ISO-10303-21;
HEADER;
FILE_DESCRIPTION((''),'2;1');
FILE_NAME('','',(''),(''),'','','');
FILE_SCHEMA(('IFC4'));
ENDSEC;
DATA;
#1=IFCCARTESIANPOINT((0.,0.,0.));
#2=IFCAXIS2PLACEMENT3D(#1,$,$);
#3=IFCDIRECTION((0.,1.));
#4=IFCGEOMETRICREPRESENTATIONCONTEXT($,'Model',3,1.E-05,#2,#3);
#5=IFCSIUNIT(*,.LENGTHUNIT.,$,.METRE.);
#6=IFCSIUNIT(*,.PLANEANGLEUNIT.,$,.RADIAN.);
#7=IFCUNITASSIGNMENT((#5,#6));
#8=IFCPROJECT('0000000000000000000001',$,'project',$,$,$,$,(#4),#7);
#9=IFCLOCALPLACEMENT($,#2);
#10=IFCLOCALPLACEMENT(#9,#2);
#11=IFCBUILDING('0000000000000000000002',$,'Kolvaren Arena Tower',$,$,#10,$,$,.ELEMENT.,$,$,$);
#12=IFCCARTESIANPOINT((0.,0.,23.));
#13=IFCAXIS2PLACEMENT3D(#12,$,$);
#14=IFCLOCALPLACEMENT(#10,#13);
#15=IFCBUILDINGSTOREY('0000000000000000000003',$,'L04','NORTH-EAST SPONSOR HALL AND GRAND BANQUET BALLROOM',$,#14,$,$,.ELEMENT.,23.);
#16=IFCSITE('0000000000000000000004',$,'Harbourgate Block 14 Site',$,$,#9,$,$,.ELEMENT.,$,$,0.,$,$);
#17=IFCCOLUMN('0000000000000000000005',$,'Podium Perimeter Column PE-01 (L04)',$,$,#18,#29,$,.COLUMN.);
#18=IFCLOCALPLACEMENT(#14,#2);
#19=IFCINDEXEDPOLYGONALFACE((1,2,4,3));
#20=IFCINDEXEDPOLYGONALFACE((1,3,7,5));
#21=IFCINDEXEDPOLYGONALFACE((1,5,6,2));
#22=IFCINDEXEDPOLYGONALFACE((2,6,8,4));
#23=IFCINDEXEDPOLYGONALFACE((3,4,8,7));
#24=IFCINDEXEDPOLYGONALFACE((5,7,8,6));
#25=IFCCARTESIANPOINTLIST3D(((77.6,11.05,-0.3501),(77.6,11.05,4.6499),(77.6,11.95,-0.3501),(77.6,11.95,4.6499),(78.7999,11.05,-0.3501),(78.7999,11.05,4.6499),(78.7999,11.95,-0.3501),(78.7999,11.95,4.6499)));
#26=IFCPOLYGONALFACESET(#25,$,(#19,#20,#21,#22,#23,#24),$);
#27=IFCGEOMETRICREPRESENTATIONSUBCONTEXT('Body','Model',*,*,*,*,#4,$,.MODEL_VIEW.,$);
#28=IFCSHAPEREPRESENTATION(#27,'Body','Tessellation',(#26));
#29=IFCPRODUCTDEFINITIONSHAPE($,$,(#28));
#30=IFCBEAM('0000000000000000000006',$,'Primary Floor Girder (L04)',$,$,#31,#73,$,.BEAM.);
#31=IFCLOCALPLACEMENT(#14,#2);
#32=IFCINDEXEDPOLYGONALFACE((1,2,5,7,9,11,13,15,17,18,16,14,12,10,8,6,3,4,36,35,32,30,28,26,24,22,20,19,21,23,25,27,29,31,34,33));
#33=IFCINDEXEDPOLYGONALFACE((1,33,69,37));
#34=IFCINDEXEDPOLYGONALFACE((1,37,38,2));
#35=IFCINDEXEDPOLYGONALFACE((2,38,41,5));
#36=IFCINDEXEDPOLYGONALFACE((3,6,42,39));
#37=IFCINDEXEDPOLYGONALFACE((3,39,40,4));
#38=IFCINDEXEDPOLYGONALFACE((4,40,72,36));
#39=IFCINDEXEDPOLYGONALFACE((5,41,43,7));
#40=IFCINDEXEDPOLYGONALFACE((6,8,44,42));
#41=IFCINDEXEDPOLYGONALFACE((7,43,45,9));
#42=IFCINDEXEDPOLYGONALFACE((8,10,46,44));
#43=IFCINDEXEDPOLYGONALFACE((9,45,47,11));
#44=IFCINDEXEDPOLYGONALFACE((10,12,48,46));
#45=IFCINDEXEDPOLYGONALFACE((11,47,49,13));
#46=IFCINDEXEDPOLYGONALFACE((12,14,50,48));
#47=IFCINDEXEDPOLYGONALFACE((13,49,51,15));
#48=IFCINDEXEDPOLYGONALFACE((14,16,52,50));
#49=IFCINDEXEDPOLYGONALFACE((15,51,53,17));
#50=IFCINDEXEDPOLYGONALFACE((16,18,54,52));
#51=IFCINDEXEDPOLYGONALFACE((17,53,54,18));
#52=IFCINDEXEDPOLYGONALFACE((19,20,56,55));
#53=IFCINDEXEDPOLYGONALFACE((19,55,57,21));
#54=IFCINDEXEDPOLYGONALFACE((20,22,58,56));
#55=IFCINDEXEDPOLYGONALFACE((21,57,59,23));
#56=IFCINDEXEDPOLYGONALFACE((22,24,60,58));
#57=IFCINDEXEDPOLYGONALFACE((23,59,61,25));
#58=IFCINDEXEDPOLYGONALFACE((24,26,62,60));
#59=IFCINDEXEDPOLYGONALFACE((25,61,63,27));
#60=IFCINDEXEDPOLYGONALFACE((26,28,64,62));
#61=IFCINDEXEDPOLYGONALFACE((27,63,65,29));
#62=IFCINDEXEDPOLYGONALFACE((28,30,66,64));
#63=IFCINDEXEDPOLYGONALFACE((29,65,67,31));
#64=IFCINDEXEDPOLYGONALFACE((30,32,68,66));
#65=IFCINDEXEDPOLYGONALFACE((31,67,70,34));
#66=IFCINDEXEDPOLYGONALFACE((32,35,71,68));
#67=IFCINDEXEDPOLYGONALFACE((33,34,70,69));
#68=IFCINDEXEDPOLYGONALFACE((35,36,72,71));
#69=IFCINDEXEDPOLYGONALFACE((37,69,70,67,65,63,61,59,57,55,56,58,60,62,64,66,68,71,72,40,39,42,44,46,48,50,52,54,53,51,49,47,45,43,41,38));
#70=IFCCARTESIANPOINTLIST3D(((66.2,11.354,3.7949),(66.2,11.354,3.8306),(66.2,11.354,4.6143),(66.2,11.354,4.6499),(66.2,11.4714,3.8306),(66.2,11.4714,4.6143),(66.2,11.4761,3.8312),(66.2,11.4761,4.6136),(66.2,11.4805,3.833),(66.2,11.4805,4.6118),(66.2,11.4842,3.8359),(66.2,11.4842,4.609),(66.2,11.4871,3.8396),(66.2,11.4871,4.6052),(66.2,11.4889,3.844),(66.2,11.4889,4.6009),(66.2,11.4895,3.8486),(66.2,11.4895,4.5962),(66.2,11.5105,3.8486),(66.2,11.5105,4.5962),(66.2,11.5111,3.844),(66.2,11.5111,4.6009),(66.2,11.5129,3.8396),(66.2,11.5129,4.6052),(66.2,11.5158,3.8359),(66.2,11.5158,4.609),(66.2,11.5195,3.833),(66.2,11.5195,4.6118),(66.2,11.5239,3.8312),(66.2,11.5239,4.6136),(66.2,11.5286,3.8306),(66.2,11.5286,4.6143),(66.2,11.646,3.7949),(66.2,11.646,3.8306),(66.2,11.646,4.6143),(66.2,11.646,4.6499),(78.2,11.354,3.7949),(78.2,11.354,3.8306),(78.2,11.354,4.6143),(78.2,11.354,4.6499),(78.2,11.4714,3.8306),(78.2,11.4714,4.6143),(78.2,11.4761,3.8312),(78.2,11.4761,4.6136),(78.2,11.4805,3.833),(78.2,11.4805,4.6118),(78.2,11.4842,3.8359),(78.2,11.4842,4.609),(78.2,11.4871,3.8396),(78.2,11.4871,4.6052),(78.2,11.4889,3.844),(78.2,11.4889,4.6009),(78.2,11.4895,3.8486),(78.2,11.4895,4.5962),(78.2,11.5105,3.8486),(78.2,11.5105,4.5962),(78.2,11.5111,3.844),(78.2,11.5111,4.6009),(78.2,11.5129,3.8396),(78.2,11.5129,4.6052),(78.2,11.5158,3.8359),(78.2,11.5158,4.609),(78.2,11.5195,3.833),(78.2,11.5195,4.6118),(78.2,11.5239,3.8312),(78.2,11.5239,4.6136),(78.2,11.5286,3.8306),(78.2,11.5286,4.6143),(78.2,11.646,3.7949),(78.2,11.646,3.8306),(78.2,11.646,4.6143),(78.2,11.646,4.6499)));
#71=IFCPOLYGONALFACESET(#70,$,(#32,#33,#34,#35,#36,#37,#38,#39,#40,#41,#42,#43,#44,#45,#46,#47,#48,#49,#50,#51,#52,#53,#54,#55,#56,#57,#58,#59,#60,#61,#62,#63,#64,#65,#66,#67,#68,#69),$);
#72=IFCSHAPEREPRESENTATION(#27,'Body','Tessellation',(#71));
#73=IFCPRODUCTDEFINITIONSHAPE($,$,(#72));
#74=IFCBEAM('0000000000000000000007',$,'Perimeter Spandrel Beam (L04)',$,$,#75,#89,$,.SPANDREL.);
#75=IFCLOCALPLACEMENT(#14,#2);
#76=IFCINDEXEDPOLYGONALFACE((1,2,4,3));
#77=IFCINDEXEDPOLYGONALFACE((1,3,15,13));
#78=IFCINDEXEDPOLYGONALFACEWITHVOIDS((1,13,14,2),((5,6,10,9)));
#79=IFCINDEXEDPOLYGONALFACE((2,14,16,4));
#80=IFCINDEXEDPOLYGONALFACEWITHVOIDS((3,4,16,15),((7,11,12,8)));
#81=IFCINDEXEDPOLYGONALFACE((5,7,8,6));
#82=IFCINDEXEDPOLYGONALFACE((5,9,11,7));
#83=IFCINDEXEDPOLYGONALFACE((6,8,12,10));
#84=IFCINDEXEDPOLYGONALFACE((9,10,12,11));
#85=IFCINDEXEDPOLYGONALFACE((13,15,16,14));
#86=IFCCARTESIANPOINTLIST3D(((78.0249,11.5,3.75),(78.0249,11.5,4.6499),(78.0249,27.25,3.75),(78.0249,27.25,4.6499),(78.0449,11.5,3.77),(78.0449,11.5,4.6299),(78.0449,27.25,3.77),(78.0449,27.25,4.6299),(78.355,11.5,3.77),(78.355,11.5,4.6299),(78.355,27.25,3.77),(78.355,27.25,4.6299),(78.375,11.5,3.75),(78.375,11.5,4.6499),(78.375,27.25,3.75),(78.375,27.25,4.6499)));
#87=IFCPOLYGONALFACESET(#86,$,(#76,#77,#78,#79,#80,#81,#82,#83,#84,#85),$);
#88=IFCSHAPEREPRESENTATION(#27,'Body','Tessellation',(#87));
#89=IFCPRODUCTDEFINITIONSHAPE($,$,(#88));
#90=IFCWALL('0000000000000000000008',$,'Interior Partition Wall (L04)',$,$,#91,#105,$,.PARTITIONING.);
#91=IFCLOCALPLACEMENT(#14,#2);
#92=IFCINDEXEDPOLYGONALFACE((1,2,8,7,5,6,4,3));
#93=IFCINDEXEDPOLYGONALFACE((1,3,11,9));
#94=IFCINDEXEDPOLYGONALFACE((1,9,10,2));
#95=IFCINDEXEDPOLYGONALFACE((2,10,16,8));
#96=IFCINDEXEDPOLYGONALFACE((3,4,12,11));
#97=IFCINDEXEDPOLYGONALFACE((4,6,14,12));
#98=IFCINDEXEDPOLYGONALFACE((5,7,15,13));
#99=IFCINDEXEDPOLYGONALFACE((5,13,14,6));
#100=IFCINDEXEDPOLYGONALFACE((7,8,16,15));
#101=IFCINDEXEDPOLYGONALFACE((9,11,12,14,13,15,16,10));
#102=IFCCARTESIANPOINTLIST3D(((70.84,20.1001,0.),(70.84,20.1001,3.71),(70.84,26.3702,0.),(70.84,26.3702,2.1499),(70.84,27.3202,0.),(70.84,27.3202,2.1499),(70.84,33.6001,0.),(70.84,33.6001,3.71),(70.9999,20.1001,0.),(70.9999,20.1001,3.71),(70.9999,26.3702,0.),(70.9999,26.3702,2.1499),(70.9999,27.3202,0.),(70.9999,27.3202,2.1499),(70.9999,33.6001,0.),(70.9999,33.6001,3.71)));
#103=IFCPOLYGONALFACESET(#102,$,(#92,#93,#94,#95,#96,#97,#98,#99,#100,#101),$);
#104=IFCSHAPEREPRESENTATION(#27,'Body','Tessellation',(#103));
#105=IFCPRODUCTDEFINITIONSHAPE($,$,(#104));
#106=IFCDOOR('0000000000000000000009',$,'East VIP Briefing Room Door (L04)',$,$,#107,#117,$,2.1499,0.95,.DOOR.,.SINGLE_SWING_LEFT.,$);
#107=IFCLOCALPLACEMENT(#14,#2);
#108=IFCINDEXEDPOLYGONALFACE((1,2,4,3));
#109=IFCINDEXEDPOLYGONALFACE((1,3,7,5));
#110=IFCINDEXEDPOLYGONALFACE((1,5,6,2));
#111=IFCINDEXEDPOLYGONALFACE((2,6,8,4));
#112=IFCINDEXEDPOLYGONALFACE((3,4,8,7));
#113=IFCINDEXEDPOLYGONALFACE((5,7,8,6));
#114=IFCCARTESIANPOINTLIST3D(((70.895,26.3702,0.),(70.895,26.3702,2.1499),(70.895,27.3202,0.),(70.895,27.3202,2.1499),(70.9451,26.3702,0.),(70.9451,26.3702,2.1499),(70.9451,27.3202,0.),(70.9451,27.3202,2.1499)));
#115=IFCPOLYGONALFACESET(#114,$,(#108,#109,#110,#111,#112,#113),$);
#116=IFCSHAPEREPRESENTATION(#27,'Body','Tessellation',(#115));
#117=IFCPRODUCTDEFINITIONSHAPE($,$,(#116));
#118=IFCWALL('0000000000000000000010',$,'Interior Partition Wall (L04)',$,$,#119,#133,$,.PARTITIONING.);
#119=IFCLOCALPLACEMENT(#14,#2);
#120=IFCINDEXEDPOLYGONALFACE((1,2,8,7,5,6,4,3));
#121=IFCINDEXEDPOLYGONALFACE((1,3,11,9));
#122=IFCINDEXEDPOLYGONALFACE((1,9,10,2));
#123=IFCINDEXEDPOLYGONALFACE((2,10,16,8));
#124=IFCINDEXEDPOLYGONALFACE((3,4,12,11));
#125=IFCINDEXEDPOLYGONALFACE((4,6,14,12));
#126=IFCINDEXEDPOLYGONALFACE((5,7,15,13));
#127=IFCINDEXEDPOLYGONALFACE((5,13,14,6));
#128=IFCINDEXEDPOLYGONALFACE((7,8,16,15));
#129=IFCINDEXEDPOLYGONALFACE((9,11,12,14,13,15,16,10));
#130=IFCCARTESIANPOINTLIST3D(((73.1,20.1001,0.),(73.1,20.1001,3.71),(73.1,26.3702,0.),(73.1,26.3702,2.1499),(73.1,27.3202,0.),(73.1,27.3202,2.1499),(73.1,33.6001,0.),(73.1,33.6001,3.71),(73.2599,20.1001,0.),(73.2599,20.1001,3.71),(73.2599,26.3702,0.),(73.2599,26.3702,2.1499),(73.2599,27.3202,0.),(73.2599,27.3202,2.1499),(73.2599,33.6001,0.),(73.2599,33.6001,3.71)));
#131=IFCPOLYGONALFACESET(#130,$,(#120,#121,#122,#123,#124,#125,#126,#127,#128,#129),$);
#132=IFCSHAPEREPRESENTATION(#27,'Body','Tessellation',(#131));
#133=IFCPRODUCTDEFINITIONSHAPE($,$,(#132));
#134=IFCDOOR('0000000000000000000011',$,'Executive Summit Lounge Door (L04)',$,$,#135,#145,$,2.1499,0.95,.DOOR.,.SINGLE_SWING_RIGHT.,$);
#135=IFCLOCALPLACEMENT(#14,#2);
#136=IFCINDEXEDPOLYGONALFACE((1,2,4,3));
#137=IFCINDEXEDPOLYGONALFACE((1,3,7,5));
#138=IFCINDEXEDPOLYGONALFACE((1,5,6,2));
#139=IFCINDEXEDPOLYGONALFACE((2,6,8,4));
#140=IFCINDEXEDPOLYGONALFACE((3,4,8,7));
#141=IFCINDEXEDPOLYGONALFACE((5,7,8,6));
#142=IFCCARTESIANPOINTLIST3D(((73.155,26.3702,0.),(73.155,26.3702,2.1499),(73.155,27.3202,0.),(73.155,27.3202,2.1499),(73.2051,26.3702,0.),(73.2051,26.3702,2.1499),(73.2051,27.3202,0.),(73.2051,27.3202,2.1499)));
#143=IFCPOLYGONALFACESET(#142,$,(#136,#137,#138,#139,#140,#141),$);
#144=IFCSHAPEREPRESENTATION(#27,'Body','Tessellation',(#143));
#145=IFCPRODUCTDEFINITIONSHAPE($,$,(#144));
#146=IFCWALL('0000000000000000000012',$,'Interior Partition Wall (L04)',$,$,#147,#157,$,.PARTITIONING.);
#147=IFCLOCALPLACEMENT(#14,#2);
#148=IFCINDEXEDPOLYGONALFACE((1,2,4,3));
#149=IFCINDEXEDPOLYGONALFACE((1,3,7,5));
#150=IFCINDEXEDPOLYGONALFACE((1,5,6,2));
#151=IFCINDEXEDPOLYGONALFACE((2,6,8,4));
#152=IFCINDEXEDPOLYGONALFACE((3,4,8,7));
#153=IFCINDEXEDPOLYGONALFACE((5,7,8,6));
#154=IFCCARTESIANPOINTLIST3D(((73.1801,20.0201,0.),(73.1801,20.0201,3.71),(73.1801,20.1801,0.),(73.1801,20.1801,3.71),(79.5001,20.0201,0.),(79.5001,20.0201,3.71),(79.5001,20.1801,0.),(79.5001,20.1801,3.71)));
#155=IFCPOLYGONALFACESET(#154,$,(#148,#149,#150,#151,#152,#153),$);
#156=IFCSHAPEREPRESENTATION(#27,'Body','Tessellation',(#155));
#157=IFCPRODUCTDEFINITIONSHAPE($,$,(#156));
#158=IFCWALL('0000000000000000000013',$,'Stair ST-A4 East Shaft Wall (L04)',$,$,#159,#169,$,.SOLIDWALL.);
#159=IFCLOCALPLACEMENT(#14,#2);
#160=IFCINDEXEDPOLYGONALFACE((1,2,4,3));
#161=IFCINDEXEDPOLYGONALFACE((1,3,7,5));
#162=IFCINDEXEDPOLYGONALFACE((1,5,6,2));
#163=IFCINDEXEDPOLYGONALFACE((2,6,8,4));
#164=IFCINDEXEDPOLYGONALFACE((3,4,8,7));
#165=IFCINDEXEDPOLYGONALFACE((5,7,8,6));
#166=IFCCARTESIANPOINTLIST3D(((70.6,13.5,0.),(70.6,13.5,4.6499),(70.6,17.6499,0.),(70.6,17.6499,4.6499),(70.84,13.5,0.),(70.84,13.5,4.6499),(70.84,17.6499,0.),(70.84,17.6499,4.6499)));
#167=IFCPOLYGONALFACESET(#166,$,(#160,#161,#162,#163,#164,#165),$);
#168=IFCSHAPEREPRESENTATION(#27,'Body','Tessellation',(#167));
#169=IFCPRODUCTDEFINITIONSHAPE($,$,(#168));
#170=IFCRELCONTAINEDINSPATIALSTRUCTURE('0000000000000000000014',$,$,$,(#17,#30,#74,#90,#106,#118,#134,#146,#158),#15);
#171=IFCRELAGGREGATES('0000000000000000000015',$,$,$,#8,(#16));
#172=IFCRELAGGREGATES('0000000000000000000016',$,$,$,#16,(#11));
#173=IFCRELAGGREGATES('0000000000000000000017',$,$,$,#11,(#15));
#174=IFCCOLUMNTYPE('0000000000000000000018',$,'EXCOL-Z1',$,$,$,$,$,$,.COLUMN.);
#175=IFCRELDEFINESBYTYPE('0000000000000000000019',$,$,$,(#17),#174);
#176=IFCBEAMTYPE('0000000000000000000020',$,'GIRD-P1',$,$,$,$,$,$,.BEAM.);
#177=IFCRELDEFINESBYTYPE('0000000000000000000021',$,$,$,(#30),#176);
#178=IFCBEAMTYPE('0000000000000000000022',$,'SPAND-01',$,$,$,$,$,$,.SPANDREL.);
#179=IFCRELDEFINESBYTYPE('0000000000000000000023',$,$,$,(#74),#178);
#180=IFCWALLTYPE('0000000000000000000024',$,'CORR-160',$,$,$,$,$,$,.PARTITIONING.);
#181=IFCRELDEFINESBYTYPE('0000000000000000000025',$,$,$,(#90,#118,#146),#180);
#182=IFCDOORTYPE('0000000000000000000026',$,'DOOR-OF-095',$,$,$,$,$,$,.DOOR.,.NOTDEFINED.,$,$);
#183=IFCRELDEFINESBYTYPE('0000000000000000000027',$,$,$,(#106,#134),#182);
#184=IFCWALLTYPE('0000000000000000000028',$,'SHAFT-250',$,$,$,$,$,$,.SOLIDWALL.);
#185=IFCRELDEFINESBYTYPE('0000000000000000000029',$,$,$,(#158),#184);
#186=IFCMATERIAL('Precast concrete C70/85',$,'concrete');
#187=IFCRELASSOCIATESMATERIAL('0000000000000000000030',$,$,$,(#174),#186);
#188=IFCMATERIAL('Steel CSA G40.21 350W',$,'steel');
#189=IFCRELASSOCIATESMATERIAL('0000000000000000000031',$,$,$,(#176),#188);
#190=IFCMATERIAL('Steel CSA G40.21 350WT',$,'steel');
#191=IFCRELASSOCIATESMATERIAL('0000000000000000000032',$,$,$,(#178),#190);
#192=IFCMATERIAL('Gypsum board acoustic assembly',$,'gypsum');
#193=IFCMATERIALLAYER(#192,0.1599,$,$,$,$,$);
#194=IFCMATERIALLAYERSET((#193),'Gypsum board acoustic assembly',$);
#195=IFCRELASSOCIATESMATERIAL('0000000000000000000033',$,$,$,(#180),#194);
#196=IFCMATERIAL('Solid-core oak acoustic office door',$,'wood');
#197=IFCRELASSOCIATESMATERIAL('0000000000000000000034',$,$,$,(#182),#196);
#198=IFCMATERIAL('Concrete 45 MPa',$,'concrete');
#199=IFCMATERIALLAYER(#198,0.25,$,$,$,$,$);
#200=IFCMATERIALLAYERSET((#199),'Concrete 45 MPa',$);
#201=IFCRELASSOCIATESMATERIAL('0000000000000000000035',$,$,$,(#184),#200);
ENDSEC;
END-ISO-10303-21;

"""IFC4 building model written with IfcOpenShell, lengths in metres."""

from ifc_helpers import new_model, si_unit, direction, frame, frame_2d, origin, origin_2d, place, context, subcontext, project, spatial, rectangle, hollow_rectangle, i_section, extrude, material, layer, layer_set, material_profile, profile_set, type_object, element, fill, save


model = new_model("IFC4")

# Units and contexts
model_context = context("Model", 3, precision=1e-05, world=origin(), true_north=direction((0.0, 1.0)))
body_context = subcontext(model_context, "Body", "Model", "MODEL_VIEW")
ifc_project = project(units=[si_unit("LENGTHUNIT", "METRE"), si_unit("PLANEANGLEUNIT", "RADIAN")], contexts=[model_context])

# Site, building, storey
site_placement = place(None, origin())
site = spatial("IfcSite", under=ifc_project, at=site_placement, Name="Harbourgate Block 14 Site", CompositionType="ELEMENT", RefElevation=0.0)
building_placement = place(site_placement, origin())
building = spatial("IfcBuilding", under=site, at=building_placement, Name="Kolvaren Arena Tower", CompositionType="ELEMENT")
storey_placement = place(building_placement, frame((0.0, 0.0, 23.0)))
storey = spatial("IfcBuildingStorey", under=building, at=storey_placement, Name="L04", Description="NORTH-EAST SPONSOR HALL AND GRAND BANQUET BALLROOM", CompositionType="ELEMENT", Elevation=23.0)

# Column
ifc_material_1 = material(Name="Precast concrete C70/85", Category="concrete")
ifc_material_profile_1 = material_profile(ifc_material_1, rectangle(XDim=1.2, YDim=0.8999, at=origin_2d()), Name="RC-1200x900")
ifc_profile_set_1 = profile_set([ifc_material_profile_1], Name="Precast concrete C70/85")
column_type = type_object("IfcColumnType", Name="EXCOL-Z1", PredefinedType="COLUMN", material=ifc_profile_set_1)
column_placement = place(storey_placement, frame((78.2, 11.5, -0.3501), z_axis=(0.0, 0.0, 1.0), x_axis=(1.0, 0.0, 0.0)))
element("IfcColumn", 1, at=column_placement, inside=storey, type_object=column_type, Name="Podium Perimeter Column PE-01 (L04)", PredefinedType="COLUMN", context=body_context, shape_type="SweptSolid", body=[
    extrude(rectangle(XDim=1.2, YDim=0.8999, at=origin_2d()), origin(), (0.0, 0.0, 1.0), 5.0),
])

# Beams
ifc_material_2 = material(Name="Steel CSA G40.21 350W", Category="steel")
ifc_material_profile_2 = material_profile(ifc_material_2, i_section(OverallWidth=0.292, OverallDepth=0.855, WebThickness=0.021, FlangeThickness=0.0356, FilletRadius=0.0181, at=origin_2d()), Name="W840x299")
ifc_profile_set_2 = profile_set([ifc_material_profile_2], Name="Steel CSA G40.21 350W")
beam_type_1 = type_object("IfcBeamType", Name="GIRD-P1", PredefinedType="BEAM", material=ifc_profile_set_2)
beam_1_placement = place(storey_placement, frame((66.2, 11.5, 4.2224), z_axis=(1.0, 0.0, 0.0), x_axis=(0.0, 1.0, 0.0)))
element("IfcBeam", 2, at=beam_1_placement, inside=storey, type_object=beam_type_1, Name="Primary Floor Girder (L04)", PredefinedType="BEAM", context=body_context, shape_type="SweptSolid", body=[
    extrude(i_section(OverallWidth=0.292, OverallDepth=0.855, WebThickness=0.021, FlangeThickness=0.0356, FilletRadius=0.0181, at=origin_2d()), origin(), (0.0, 0.0, 1.0), 12.0),
])
ifc_material_3 = material(Name="Steel CSA G40.21 350WT", Category="steel")
ifc_material_profile_3 = material_profile(ifc_material_3, hollow_rectangle(XDim=0.3501, YDim=0.8999, WallThickness=0.02, at=origin_2d()), Name="HSS 900x350x20")
ifc_profile_set_3 = profile_set([ifc_material_profile_3], Name="Steel CSA G40.21 350WT")
beam_type_2 = type_object("IfcBeamType", Name="SPAND-01", PredefinedType="SPANDREL", material=ifc_profile_set_3)
beam_2_placement = place(storey_placement, frame((78.2, 11.5, 4.2), z_axis=(0.0, 1.0, 0.0), x_axis=(-1.0, 0.0, 0.0)))
element("IfcBeam", 3, at=beam_2_placement, inside=storey, type_object=beam_type_2, Name="Perimeter Spandrel Beam (L04)", PredefinedType="SPANDREL", context=body_context, shape_type="SweptSolid", body=[
    extrude(hollow_rectangle(XDim=0.3501, YDim=0.8999, WallThickness=0.02, at=origin_2d()), origin(), (0.0, 0.0, 1.0), 15.75),
])

# Walls, openings, doors
ifc_material_4 = material(Name="Gypsum board acoustic assembly", Category="gypsum")
ifc_layer_1 = layer(ifc_material_4, 0.1599)
ifc_layer_set_1 = layer_set([ifc_layer_1], Name="Gypsum board acoustic assembly")
wall_type_1 = type_object("IfcWallType", Name="CORR-160", PredefinedType="PARTITIONING", material=ifc_layer_set_1)
wall_1_placement = place(storey_placement, frame((70.9199, 20.1001, 0.0), z_axis=(0.0, 0.0, 1.0), x_axis=(0.0, 1.0, 0.0)))
wall_1 = element("IfcWall", 4, at=wall_1_placement, inside=storey, type_object=wall_type_1, Name="Interior Partition Wall (L04)", PredefinedType="PARTITIONING", context=body_context, shape_type="SweptSolid", body=[
    extrude(rectangle(XDim=13.5, YDim=0.1599, at=frame_2d((6.75, 0.0))), origin(), (0.0, 0.0, 1.0), 3.71),
])
opening_1_placement = place(wall_1_placement, frame((6.27, 0.0, 0.0)))
opening_1 = element("IfcOpeningElement", 5, at=opening_1_placement, cuts=wall_1, PredefinedType="OPENING", context=body_context, shape_type="SweptSolid", body=[
    extrude(rectangle(XDim=0.95, YDim=2.1499, at=frame_2d((0.4751, 1.075))), frame((0.0, 0.0898, 0.0), z_axis=(0.0, -1.0, 0.0), x_axis=(1.0, 0.0, 0.0)), (0.0, 0.0, 1.0), 0.1799),
])
ifc_material_5 = material(Name="Solid-core oak acoustic office door", Category="wood")
door_type = type_object("IfcDoorType", Name="DOOR-OF-095", OperationType="NOTDEFINED", PredefinedType="DOOR", material=ifc_material_5)
door_1_placement = place(opening_1_placement, origin())
door_1 = element("IfcDoor", 6, at=door_1_placement, inside=storey, type_object=door_type, Name="East VIP Briefing Room Door (L04)", OperationType="SINGLE_SWING_LEFT", OverallHeight=2.1499, OverallWidth=0.95, PredefinedType="DOOR", context=body_context, shape_type="SweptSolid", body=[
    extrude(rectangle(XDim=0.95, YDim=2.1499, at=frame_2d((0.4751, 1.075))), frame((0.0, 0.0249, 0.0), z_axis=(0.0, -1.0, 0.0), x_axis=(1.0, 0.0, 0.0)), (0.0, 0.0, 1.0), 0.05),
])
fill(opening_1, door_1)
wall_2_placement = place(storey_placement, frame((73.1799, 20.1001, 0.0), z_axis=(0.0, 0.0, 1.0), x_axis=(0.0, 1.0, 0.0)))
wall_2 = element("IfcWall", 7, at=wall_2_placement, inside=storey, type_object=wall_type_1, Name="Interior Partition Wall (L04)", PredefinedType="PARTITIONING", context=body_context, shape_type="SweptSolid", body=[
    extrude(rectangle(XDim=13.5, YDim=0.1599, at=frame_2d((6.75, 0.0))), origin(), (0.0, 0.0, 1.0), 3.71),
])
opening_2_placement = place(wall_2_placement, frame((6.27, 0.0, 0.0)))
opening_2 = element("IfcOpeningElement", 8, at=opening_2_placement, cuts=wall_2, PredefinedType="OPENING", context=body_context, shape_type="SweptSolid", body=[
    extrude(rectangle(XDim=0.95, YDim=2.1499, at=frame_2d((0.4751, 1.075))), frame((0.0, 0.0898, 0.0), z_axis=(0.0, -1.0, 0.0), x_axis=(1.0, 0.0, 0.0)), (0.0, 0.0, 1.0), 0.1799),
])
door_2_placement = place(opening_2_placement, origin())
door_2 = element("IfcDoor", 9, at=door_2_placement, inside=storey, type_object=door_type, Name="Executive Summit Lounge Door (L04)", OperationType="SINGLE_SWING_RIGHT", OverallHeight=2.1499, OverallWidth=0.95, PredefinedType="DOOR", context=body_context, shape_type="SweptSolid", body=[
    extrude(rectangle(XDim=0.95, YDim=2.1499, at=frame_2d((0.4751, 1.075))), frame((0.0, 0.0249, 0.0), z_axis=(0.0, -1.0, 0.0), x_axis=(1.0, 0.0, 0.0)), (0.0, 0.0, 1.0), 0.05),
])
fill(opening_2, door_2)

# Walls
wall_3_placement = place(storey_placement, frame((73.1799, 20.1001, 0.0), z_axis=(0.0, 0.0, 1.0), x_axis=(1.0, 0.0, 0.0)))
element("IfcWall", 10, at=wall_3_placement, inside=storey, type_object=wall_type_1, Name="Interior Partition Wall (L04)", PredefinedType="PARTITIONING", context=body_context, shape_type="SweptSolid", body=[
    extrude(rectangle(XDim=6.3201, YDim=0.1599, at=frame_2d((3.1602, 0.0))), origin(), (0.0, 0.0, 1.0), 3.71),
])
ifc_material_6 = material(Name="Concrete 45 MPa", Category="concrete")
ifc_layer_2 = layer(ifc_material_6, 0.25)
ifc_layer_set_2 = layer_set([ifc_layer_2], Name="Concrete 45 MPa")
wall_type_2 = type_object("IfcWallType", Name="SHAFT-250", PredefinedType="SOLIDWALL", material=ifc_layer_set_2)
wall_4_placement = place(storey_placement, frame((70.72, 13.5, 0.0), z_axis=(0.0, 0.0, 1.0), x_axis=(0.0, 1.0, 0.0)))
element("IfcWall", 11, at=wall_4_placement, inside=storey, type_object=wall_type_2, Name="Stair ST-A4 East Shaft Wall (L04)", PredefinedType="SOLIDWALL", context=body_context, shape_type="SweptSolid", body=[
    extrude(rectangle(XDim=4.1499, YDim=0.24, at=frame_2d((2.075, 0.0))), origin(), (0.0, 0.0, 1.0), 4.6499),
])

save(model, "model.ifc")
